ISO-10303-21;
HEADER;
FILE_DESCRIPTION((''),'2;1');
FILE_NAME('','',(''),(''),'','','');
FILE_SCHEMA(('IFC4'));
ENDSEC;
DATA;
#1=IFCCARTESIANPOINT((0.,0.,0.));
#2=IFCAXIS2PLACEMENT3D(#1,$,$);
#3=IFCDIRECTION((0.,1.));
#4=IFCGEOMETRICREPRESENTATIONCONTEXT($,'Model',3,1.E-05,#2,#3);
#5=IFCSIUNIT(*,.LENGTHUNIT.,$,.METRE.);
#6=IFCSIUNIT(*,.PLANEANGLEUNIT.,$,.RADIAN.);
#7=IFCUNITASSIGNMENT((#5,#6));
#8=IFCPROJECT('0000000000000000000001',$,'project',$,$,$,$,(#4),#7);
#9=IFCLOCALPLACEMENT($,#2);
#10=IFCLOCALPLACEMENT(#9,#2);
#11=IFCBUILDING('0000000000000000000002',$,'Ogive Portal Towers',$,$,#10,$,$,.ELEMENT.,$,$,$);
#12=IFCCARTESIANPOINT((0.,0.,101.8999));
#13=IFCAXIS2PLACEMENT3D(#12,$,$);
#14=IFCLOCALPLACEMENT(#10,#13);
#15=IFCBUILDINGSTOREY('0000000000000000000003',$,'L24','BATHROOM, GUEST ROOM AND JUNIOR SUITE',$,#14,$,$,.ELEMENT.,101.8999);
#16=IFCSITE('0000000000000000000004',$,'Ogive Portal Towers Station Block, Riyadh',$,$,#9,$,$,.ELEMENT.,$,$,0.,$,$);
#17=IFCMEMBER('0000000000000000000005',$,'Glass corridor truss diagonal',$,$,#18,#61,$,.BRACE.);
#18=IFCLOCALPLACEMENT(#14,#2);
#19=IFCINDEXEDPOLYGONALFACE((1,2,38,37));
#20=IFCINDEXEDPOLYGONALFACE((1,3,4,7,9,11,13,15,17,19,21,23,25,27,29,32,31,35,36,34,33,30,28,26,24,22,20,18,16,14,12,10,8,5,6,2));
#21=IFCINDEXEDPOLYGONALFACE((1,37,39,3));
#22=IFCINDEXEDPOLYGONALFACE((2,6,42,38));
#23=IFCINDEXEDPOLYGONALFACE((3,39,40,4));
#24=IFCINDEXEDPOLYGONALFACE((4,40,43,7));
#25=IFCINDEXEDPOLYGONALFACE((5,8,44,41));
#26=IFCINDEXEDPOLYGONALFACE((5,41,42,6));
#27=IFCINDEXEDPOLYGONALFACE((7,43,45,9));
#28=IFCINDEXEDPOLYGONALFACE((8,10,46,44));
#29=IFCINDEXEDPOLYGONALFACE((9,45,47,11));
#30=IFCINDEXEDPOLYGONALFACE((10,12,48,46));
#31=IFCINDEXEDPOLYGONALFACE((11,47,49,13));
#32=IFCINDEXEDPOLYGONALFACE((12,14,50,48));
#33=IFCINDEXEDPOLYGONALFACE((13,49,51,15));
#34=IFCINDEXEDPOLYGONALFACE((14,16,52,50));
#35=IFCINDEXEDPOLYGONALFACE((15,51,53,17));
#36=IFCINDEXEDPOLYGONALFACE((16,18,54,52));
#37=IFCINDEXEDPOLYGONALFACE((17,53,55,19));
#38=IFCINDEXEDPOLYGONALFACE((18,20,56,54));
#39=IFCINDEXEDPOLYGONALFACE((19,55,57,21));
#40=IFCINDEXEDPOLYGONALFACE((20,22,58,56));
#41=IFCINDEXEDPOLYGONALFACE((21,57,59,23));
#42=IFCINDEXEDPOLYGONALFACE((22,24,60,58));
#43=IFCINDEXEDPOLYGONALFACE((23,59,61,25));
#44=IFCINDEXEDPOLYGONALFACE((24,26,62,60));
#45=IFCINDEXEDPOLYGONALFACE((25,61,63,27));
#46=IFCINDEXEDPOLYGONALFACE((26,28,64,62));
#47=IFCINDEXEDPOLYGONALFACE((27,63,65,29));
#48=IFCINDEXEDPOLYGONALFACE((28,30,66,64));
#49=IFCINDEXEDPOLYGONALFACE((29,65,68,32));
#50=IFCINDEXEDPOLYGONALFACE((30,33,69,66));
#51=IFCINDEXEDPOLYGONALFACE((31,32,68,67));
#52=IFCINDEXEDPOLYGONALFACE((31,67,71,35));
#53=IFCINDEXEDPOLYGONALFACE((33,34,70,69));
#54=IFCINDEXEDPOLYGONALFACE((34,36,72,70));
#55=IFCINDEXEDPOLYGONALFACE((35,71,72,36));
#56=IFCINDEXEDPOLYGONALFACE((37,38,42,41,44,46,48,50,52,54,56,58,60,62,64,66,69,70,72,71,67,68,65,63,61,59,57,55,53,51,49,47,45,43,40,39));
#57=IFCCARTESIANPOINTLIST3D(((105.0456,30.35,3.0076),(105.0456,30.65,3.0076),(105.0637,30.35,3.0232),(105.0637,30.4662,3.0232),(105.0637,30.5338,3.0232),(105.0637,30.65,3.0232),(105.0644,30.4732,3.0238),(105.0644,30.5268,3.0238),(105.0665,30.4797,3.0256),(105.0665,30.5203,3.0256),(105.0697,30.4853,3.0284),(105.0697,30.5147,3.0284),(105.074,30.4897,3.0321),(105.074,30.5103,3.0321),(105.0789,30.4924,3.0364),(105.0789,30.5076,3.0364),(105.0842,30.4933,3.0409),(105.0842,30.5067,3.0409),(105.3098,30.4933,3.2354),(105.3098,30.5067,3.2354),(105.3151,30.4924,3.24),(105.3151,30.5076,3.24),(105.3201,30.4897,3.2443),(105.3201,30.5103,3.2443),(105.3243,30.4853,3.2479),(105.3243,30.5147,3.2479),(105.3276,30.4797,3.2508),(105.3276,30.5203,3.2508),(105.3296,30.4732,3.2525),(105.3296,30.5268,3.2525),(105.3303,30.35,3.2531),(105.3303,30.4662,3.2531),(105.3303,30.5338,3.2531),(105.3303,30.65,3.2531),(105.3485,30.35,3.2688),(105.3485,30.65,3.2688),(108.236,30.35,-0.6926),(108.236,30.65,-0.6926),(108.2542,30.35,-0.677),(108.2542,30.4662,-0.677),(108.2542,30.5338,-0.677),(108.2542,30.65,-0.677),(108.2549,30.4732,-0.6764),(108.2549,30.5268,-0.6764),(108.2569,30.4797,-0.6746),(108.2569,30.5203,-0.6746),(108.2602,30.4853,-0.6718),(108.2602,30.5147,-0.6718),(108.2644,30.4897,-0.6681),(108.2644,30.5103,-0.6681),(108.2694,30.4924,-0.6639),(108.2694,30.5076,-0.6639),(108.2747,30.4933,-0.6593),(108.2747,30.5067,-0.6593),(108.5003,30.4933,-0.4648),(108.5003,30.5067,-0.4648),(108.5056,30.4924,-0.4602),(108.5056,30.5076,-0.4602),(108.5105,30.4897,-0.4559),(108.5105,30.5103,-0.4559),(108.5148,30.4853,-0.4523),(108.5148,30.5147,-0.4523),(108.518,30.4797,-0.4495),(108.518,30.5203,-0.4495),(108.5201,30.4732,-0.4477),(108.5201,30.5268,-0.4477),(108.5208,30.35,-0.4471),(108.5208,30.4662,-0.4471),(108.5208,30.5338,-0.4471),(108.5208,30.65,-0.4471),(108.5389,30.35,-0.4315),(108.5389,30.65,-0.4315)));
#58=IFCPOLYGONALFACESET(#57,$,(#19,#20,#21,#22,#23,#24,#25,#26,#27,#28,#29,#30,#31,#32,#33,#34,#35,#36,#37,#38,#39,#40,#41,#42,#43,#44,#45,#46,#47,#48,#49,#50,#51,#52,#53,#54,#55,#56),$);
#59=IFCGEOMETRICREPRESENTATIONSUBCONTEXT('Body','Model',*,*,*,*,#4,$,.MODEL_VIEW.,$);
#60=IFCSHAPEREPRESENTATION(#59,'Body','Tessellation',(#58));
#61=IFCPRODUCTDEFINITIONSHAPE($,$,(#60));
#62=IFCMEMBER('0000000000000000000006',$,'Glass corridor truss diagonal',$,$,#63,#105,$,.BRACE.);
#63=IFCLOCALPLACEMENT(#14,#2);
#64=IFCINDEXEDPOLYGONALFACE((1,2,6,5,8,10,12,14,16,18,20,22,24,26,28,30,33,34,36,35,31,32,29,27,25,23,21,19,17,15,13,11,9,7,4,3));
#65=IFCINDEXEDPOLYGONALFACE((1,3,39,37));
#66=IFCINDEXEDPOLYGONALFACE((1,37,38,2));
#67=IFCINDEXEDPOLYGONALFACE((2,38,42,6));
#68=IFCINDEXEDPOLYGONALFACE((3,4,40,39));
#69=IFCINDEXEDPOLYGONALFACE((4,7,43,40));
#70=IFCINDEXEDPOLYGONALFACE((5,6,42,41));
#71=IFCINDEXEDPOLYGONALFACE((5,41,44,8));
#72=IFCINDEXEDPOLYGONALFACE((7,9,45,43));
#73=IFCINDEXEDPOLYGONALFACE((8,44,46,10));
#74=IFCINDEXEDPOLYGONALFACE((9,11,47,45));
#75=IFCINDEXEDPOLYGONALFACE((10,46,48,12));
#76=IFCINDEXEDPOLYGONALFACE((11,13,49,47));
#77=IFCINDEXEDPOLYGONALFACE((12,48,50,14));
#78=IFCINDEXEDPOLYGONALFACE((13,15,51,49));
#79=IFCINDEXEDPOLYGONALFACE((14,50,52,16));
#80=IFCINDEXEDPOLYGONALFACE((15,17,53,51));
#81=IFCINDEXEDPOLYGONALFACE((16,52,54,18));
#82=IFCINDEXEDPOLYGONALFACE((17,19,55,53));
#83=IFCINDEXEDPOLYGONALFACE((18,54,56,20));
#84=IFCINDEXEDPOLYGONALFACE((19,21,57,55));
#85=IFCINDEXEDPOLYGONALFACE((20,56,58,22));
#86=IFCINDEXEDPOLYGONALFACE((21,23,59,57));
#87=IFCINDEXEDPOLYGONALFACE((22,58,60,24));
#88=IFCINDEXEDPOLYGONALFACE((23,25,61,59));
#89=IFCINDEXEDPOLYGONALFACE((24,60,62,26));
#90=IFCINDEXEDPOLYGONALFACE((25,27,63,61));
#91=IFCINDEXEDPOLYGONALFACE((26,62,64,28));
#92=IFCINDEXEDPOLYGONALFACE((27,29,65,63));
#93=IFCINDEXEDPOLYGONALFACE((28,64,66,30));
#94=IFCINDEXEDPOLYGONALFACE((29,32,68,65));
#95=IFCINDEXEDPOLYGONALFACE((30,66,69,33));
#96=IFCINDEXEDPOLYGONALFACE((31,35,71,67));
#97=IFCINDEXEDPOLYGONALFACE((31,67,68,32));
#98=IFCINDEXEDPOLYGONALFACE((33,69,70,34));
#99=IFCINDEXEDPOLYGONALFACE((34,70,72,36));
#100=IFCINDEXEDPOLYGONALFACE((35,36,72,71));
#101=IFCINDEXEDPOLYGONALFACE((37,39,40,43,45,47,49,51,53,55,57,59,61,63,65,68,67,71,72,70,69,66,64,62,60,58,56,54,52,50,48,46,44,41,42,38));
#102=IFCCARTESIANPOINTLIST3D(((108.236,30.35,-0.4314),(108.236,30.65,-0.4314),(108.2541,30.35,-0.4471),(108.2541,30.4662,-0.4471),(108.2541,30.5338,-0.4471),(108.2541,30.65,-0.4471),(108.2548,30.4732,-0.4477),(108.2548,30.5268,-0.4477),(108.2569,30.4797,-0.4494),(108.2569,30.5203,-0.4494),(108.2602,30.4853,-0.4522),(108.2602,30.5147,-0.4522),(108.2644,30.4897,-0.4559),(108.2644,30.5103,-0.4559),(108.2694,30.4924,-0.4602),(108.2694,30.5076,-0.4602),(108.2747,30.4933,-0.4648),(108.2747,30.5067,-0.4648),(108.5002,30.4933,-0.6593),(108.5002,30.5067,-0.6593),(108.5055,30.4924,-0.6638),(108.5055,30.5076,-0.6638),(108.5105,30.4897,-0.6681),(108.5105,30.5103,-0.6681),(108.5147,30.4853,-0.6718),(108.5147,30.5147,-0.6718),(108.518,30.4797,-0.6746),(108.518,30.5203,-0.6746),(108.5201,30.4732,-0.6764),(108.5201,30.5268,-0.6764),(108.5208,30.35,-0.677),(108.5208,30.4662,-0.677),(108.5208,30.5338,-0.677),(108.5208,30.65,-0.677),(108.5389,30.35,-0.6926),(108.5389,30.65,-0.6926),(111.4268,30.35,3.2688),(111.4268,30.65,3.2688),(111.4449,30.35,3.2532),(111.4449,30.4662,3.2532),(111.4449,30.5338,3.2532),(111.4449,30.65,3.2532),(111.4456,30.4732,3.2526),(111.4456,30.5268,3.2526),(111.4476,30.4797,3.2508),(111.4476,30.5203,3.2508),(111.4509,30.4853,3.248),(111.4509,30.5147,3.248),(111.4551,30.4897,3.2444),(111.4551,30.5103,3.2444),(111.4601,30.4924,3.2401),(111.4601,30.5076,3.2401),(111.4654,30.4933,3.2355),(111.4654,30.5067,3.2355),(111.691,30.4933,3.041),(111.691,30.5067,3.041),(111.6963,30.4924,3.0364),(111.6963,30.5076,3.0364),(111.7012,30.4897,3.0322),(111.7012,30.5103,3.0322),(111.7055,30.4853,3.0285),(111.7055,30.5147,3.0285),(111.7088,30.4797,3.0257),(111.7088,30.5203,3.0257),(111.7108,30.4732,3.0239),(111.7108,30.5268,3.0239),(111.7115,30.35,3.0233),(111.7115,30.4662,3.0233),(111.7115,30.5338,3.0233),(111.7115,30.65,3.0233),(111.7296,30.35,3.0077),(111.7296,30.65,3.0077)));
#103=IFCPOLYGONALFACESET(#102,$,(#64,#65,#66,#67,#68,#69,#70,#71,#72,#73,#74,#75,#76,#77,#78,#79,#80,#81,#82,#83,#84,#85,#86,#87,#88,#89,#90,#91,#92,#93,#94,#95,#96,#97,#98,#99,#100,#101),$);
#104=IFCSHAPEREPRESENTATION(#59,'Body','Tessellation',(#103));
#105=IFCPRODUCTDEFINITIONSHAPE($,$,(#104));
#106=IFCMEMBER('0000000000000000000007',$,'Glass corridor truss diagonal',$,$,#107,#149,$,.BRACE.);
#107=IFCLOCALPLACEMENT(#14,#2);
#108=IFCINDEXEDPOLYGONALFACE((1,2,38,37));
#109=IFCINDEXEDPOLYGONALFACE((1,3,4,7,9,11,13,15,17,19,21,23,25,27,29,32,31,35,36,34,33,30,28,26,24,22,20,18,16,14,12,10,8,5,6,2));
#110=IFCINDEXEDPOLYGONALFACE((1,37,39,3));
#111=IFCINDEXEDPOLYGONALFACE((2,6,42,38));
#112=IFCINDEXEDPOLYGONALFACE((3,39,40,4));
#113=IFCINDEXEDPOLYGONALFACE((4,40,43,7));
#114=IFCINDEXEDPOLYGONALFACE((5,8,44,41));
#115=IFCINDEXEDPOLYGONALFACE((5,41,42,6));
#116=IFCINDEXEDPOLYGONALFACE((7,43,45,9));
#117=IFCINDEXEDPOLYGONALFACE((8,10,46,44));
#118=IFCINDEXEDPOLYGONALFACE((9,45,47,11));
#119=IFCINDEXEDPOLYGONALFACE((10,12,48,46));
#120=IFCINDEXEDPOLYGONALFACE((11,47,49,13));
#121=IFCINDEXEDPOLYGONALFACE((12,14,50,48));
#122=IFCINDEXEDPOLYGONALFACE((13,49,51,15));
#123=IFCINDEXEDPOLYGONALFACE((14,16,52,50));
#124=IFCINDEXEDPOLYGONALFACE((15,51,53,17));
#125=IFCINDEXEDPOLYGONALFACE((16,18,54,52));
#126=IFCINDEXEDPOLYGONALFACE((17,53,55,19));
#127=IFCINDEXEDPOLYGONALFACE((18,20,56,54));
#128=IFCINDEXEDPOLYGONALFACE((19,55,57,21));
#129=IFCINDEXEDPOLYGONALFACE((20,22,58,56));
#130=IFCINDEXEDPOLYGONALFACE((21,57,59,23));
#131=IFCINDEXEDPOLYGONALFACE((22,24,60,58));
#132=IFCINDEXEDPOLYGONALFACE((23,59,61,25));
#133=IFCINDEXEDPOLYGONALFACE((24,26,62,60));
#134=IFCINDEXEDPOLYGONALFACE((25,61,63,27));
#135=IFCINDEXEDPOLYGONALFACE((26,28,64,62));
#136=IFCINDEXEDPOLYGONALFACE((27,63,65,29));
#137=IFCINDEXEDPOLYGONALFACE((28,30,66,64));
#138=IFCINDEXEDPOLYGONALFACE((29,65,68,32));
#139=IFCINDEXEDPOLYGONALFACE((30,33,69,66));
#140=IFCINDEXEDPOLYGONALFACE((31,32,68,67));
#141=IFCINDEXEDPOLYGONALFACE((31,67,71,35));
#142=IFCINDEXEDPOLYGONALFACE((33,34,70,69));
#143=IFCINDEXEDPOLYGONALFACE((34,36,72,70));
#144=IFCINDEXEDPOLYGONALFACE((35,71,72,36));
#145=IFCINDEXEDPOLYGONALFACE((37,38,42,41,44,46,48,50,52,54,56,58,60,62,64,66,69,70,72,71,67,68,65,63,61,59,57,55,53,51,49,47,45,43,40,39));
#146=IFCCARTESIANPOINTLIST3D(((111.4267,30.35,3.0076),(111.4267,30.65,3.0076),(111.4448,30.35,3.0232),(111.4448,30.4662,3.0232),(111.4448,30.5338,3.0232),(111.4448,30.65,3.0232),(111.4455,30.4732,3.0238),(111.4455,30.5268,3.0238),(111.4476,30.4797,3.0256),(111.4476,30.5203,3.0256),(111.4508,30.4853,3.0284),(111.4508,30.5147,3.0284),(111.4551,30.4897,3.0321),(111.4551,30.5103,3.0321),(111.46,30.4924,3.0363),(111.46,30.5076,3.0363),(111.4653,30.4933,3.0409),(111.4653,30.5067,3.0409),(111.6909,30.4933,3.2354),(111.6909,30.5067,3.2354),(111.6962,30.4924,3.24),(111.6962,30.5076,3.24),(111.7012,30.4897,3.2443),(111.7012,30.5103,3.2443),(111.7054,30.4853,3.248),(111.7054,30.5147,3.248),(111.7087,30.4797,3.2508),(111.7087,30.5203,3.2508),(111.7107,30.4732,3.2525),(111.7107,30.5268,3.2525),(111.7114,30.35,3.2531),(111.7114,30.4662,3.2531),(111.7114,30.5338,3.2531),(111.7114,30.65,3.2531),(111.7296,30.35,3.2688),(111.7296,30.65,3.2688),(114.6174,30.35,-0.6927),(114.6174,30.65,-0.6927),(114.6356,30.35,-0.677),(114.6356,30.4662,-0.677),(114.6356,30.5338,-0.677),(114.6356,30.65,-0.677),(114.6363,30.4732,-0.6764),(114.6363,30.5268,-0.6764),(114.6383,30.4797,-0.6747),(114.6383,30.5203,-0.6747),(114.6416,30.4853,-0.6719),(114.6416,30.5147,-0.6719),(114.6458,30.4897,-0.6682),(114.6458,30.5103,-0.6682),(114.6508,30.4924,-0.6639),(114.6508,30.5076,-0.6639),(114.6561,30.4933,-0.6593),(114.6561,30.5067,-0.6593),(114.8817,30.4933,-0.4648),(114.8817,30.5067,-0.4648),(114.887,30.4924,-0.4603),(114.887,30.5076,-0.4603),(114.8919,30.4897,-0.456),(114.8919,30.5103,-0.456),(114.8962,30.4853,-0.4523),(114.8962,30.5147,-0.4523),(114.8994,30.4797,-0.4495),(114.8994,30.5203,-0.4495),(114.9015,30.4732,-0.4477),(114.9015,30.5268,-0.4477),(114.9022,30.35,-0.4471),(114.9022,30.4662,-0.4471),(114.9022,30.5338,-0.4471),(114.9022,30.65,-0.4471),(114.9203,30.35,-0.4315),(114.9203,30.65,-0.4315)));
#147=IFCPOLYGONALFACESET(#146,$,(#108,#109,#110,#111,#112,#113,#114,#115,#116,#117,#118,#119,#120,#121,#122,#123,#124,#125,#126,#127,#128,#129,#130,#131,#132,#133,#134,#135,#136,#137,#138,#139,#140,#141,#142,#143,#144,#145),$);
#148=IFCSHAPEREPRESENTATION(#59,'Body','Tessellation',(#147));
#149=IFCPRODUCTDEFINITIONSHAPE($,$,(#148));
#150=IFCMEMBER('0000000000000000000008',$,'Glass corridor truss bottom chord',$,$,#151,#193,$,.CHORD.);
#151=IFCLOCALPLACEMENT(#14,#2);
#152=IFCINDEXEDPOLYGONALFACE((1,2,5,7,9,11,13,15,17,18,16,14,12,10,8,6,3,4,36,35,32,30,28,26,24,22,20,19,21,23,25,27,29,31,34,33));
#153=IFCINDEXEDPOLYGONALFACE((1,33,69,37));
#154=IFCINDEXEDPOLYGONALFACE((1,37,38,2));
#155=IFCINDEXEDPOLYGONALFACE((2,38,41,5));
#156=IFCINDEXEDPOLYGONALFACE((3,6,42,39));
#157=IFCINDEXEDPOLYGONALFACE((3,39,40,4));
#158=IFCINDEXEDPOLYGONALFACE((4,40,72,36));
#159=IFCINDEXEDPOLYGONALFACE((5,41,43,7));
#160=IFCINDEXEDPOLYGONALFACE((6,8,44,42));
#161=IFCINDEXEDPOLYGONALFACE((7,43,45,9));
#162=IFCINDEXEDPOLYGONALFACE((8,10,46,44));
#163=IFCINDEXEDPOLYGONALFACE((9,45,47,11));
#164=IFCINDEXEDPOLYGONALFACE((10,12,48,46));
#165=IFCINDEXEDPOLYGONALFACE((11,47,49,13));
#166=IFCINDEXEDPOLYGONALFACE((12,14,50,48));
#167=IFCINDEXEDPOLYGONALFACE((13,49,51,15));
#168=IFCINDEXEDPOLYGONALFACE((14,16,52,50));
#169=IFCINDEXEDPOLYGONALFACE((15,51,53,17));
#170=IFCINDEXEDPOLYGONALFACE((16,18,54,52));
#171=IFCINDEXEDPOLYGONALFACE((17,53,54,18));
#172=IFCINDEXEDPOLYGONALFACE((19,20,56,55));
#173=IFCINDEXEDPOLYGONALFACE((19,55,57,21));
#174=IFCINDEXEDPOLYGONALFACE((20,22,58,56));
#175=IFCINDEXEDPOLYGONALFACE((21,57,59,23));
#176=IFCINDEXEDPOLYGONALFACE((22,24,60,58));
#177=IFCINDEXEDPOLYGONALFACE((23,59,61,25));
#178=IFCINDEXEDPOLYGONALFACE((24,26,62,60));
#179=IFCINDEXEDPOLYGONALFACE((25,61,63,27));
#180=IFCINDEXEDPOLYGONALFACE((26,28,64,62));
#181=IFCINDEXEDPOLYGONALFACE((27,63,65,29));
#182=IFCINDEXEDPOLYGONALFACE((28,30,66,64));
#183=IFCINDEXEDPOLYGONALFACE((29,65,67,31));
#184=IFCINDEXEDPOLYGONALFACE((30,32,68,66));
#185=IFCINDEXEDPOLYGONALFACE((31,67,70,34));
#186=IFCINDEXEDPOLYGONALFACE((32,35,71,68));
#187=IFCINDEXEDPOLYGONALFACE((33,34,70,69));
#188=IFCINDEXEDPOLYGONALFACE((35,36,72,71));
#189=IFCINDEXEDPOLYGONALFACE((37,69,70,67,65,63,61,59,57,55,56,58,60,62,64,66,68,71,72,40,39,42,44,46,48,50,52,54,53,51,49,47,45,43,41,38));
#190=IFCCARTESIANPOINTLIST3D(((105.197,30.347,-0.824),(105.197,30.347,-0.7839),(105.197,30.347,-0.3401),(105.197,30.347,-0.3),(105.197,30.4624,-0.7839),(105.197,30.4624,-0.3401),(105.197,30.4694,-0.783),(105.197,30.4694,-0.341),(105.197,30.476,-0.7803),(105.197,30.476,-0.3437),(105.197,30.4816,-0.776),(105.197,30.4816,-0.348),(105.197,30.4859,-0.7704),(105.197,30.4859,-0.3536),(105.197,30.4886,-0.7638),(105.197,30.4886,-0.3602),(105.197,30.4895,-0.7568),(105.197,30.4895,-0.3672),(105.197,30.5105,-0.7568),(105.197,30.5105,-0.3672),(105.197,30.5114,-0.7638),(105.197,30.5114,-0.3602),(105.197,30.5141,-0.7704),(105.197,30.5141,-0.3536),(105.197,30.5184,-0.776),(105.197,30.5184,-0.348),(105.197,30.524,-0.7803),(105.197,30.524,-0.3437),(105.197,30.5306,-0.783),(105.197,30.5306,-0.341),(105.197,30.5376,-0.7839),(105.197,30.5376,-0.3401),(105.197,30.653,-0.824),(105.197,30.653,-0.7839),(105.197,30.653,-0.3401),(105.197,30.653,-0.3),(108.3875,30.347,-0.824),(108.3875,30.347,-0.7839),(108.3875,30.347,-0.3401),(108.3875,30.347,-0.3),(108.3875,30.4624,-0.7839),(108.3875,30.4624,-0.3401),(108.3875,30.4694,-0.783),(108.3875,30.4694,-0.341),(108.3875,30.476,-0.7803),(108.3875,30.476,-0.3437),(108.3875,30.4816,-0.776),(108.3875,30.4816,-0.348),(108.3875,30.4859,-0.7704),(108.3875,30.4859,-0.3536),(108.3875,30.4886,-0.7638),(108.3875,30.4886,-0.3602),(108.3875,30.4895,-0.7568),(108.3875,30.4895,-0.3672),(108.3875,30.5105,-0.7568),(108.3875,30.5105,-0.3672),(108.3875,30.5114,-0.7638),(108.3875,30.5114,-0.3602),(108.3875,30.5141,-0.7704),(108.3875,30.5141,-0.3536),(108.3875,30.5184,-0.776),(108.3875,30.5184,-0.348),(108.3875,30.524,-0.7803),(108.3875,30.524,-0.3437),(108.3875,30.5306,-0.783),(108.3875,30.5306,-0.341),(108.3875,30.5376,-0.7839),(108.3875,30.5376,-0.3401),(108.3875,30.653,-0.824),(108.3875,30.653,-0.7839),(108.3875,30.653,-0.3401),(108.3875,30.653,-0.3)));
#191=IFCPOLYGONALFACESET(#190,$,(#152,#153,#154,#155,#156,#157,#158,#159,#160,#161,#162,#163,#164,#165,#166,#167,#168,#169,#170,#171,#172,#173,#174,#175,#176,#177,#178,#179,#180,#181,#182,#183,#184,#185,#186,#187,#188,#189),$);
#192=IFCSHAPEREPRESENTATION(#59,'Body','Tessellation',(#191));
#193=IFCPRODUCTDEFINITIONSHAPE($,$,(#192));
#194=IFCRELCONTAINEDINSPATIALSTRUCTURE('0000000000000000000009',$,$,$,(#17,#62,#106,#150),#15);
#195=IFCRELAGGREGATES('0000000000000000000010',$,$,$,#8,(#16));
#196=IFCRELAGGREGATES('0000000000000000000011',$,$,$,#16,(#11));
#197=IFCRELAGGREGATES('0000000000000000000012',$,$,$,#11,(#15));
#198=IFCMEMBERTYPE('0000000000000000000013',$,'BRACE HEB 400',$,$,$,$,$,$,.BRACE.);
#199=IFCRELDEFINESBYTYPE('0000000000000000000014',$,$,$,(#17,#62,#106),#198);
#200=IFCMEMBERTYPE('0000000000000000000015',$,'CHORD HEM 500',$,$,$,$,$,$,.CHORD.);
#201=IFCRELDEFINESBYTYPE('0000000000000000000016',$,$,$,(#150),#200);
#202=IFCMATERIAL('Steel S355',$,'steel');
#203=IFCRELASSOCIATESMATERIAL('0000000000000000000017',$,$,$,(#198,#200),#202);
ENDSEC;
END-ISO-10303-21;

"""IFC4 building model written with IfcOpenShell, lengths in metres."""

from ifc_helpers import new_model, si_unit, direction, frame, origin, origin_2d, place, context, subcontext, project, spatial, i_section, extrude, material, material_profile, profile_set, type_object, element, save


model = new_model("IFC4")

# Units and contexts
model_context = context("Model", 3, precision=1e-05, world=origin(), true_north=direction((0.0, 1.0)))
body_context = subcontext(model_context, "Body", "Model", "MODEL_VIEW")
ifc_project = project(units=[si_unit("LENGTHUNIT", "METRE"), si_unit("PLANEANGLEUNIT", "RADIAN")], contexts=[model_context])

# Site, building, storey
site_placement = place(None, origin())
site = spatial("IfcSite", under=ifc_project, at=site_placement, Name="Ogive Portal Towers Station Block, Riyadh", CompositionType="ELEMENT", RefElevation=0.0)
building_placement = place(site_placement, origin())
building = spatial("IfcBuilding", under=site, at=building_placement, Name="Ogive Portal Towers", CompositionType="ELEMENT")
storey_placement = place(building_placement, frame((0.0, 0.0, 101.8999)))
storey = spatial("IfcBuildingStorey", under=building, at=storey_placement, Name="L24", Description="BATHROOM, GUEST ROOM AND JUNIOR SUITE", CompositionType="ELEMENT", Elevation=101.8999)

# Members
ifc_material_1 = material(Name="Steel S355", Category="steel")
ifc_material_profile_1 = material_profile(ifc_material_1, i_section(OverallWidth=0.3, OverallDepth=0.3999, WebThickness=0.0134, FlangeThickness=0.0239, FilletRadius=0.0271, at=origin_2d()), Name="HEB 400")
ifc_profile_set_1 = profile_set([ifc_material_profile_1], Name="Steel S355")
member_type_1 = type_object("IfcMemberType", Name="BRACE HEB 400", PredefinedType="BRACE", material=ifc_profile_set_1)
member_1_placement = place(storey_placement, frame((105.197, 30.5, 3.1382), z_axis=(0.653011, 0.0, -0.757349), x_axis=(0.0, 1.0, 0.0)))
element("IfcMember", 1, at=member_1_placement, inside=storey, type_object=member_type_1, Name="Glass corridor truss diagonal", PredefinedType="BRACE", context=body_context, shape_type="SweptSolid", body=[
    extrude(i_section(OverallWidth=0.3, OverallDepth=0.3999, WebThickness=0.0134, FlangeThickness=0.0239, FilletRadius=0.0271, at=origin_2d()), origin(), (0.0, 0.0, 1.0), 4.8857),
])
for number, where, z_axis, x_axis, name in (
    (2, (108.3875, 30.5, -0.562), (0.653039, 0.0, 0.757324), (0.0, 1.0, 0.0), "Glass corridor truss diagonal"),
    (3, (111.5781, 30.5, 3.1382), (0.653039, 0.0, -0.757324), (0.0, 1.0, 0.0), "Glass corridor truss diagonal"),
):
    element("IfcMember", number, at=place(storey_placement, frame(where, z_axis=z_axis, x_axis=x_axis)), inside=storey, type_object=member_type_1, Name=name, PredefinedType="BRACE", context=body_context, shape_type="SweptSolid", body=[
        extrude(i_section(OverallWidth=0.3, OverallDepth=0.3999, WebThickness=0.0134, FlangeThickness=0.0239, FilletRadius=0.0271, at=origin_2d()), origin(), (0.0, 0.0, 1.0), 4.886),
    ])
ifc_material_profile_2 = material_profile(ifc_material_1, i_section(OverallWidth=0.3059, OverallDepth=0.5239, WebThickness=0.021, FlangeThickness=0.04, FilletRadius=0.0271, at=origin_2d()), Name="HEM 500")
ifc_profile_set_2 = profile_set([ifc_material_profile_2], Name="Steel S355")
member_type_2 = type_object("IfcMemberType", Name="CHORD HEM 500", PredefinedType="CHORD", material=ifc_profile_set_2)
for number, where, z_axis, x_axis, name in (
    (4, (105.197, 30.5, -0.562), (1.0, 0.0, 0.0), (0.0, 1.0, 0.0), "Glass corridor truss bottom chord"),
):
    element("IfcMember", number, at=place(storey_placement, frame(where, z_axis=z_axis, x_axis=x_axis)), inside=storey, type_object=member_type_2, Name=name, PredefinedType="CHORD", context=body_context, shape_type="SweptSolid", body=[
        extrude(i_section(OverallWidth=0.3059, OverallDepth=0.5239, WebThickness=0.021, FlangeThickness=0.04, FilletRadius=0.0271, at=origin_2d()), origin(), (0.0, 0.0, 1.0), 3.1904),
    ])

save(model, "model.ifc")
